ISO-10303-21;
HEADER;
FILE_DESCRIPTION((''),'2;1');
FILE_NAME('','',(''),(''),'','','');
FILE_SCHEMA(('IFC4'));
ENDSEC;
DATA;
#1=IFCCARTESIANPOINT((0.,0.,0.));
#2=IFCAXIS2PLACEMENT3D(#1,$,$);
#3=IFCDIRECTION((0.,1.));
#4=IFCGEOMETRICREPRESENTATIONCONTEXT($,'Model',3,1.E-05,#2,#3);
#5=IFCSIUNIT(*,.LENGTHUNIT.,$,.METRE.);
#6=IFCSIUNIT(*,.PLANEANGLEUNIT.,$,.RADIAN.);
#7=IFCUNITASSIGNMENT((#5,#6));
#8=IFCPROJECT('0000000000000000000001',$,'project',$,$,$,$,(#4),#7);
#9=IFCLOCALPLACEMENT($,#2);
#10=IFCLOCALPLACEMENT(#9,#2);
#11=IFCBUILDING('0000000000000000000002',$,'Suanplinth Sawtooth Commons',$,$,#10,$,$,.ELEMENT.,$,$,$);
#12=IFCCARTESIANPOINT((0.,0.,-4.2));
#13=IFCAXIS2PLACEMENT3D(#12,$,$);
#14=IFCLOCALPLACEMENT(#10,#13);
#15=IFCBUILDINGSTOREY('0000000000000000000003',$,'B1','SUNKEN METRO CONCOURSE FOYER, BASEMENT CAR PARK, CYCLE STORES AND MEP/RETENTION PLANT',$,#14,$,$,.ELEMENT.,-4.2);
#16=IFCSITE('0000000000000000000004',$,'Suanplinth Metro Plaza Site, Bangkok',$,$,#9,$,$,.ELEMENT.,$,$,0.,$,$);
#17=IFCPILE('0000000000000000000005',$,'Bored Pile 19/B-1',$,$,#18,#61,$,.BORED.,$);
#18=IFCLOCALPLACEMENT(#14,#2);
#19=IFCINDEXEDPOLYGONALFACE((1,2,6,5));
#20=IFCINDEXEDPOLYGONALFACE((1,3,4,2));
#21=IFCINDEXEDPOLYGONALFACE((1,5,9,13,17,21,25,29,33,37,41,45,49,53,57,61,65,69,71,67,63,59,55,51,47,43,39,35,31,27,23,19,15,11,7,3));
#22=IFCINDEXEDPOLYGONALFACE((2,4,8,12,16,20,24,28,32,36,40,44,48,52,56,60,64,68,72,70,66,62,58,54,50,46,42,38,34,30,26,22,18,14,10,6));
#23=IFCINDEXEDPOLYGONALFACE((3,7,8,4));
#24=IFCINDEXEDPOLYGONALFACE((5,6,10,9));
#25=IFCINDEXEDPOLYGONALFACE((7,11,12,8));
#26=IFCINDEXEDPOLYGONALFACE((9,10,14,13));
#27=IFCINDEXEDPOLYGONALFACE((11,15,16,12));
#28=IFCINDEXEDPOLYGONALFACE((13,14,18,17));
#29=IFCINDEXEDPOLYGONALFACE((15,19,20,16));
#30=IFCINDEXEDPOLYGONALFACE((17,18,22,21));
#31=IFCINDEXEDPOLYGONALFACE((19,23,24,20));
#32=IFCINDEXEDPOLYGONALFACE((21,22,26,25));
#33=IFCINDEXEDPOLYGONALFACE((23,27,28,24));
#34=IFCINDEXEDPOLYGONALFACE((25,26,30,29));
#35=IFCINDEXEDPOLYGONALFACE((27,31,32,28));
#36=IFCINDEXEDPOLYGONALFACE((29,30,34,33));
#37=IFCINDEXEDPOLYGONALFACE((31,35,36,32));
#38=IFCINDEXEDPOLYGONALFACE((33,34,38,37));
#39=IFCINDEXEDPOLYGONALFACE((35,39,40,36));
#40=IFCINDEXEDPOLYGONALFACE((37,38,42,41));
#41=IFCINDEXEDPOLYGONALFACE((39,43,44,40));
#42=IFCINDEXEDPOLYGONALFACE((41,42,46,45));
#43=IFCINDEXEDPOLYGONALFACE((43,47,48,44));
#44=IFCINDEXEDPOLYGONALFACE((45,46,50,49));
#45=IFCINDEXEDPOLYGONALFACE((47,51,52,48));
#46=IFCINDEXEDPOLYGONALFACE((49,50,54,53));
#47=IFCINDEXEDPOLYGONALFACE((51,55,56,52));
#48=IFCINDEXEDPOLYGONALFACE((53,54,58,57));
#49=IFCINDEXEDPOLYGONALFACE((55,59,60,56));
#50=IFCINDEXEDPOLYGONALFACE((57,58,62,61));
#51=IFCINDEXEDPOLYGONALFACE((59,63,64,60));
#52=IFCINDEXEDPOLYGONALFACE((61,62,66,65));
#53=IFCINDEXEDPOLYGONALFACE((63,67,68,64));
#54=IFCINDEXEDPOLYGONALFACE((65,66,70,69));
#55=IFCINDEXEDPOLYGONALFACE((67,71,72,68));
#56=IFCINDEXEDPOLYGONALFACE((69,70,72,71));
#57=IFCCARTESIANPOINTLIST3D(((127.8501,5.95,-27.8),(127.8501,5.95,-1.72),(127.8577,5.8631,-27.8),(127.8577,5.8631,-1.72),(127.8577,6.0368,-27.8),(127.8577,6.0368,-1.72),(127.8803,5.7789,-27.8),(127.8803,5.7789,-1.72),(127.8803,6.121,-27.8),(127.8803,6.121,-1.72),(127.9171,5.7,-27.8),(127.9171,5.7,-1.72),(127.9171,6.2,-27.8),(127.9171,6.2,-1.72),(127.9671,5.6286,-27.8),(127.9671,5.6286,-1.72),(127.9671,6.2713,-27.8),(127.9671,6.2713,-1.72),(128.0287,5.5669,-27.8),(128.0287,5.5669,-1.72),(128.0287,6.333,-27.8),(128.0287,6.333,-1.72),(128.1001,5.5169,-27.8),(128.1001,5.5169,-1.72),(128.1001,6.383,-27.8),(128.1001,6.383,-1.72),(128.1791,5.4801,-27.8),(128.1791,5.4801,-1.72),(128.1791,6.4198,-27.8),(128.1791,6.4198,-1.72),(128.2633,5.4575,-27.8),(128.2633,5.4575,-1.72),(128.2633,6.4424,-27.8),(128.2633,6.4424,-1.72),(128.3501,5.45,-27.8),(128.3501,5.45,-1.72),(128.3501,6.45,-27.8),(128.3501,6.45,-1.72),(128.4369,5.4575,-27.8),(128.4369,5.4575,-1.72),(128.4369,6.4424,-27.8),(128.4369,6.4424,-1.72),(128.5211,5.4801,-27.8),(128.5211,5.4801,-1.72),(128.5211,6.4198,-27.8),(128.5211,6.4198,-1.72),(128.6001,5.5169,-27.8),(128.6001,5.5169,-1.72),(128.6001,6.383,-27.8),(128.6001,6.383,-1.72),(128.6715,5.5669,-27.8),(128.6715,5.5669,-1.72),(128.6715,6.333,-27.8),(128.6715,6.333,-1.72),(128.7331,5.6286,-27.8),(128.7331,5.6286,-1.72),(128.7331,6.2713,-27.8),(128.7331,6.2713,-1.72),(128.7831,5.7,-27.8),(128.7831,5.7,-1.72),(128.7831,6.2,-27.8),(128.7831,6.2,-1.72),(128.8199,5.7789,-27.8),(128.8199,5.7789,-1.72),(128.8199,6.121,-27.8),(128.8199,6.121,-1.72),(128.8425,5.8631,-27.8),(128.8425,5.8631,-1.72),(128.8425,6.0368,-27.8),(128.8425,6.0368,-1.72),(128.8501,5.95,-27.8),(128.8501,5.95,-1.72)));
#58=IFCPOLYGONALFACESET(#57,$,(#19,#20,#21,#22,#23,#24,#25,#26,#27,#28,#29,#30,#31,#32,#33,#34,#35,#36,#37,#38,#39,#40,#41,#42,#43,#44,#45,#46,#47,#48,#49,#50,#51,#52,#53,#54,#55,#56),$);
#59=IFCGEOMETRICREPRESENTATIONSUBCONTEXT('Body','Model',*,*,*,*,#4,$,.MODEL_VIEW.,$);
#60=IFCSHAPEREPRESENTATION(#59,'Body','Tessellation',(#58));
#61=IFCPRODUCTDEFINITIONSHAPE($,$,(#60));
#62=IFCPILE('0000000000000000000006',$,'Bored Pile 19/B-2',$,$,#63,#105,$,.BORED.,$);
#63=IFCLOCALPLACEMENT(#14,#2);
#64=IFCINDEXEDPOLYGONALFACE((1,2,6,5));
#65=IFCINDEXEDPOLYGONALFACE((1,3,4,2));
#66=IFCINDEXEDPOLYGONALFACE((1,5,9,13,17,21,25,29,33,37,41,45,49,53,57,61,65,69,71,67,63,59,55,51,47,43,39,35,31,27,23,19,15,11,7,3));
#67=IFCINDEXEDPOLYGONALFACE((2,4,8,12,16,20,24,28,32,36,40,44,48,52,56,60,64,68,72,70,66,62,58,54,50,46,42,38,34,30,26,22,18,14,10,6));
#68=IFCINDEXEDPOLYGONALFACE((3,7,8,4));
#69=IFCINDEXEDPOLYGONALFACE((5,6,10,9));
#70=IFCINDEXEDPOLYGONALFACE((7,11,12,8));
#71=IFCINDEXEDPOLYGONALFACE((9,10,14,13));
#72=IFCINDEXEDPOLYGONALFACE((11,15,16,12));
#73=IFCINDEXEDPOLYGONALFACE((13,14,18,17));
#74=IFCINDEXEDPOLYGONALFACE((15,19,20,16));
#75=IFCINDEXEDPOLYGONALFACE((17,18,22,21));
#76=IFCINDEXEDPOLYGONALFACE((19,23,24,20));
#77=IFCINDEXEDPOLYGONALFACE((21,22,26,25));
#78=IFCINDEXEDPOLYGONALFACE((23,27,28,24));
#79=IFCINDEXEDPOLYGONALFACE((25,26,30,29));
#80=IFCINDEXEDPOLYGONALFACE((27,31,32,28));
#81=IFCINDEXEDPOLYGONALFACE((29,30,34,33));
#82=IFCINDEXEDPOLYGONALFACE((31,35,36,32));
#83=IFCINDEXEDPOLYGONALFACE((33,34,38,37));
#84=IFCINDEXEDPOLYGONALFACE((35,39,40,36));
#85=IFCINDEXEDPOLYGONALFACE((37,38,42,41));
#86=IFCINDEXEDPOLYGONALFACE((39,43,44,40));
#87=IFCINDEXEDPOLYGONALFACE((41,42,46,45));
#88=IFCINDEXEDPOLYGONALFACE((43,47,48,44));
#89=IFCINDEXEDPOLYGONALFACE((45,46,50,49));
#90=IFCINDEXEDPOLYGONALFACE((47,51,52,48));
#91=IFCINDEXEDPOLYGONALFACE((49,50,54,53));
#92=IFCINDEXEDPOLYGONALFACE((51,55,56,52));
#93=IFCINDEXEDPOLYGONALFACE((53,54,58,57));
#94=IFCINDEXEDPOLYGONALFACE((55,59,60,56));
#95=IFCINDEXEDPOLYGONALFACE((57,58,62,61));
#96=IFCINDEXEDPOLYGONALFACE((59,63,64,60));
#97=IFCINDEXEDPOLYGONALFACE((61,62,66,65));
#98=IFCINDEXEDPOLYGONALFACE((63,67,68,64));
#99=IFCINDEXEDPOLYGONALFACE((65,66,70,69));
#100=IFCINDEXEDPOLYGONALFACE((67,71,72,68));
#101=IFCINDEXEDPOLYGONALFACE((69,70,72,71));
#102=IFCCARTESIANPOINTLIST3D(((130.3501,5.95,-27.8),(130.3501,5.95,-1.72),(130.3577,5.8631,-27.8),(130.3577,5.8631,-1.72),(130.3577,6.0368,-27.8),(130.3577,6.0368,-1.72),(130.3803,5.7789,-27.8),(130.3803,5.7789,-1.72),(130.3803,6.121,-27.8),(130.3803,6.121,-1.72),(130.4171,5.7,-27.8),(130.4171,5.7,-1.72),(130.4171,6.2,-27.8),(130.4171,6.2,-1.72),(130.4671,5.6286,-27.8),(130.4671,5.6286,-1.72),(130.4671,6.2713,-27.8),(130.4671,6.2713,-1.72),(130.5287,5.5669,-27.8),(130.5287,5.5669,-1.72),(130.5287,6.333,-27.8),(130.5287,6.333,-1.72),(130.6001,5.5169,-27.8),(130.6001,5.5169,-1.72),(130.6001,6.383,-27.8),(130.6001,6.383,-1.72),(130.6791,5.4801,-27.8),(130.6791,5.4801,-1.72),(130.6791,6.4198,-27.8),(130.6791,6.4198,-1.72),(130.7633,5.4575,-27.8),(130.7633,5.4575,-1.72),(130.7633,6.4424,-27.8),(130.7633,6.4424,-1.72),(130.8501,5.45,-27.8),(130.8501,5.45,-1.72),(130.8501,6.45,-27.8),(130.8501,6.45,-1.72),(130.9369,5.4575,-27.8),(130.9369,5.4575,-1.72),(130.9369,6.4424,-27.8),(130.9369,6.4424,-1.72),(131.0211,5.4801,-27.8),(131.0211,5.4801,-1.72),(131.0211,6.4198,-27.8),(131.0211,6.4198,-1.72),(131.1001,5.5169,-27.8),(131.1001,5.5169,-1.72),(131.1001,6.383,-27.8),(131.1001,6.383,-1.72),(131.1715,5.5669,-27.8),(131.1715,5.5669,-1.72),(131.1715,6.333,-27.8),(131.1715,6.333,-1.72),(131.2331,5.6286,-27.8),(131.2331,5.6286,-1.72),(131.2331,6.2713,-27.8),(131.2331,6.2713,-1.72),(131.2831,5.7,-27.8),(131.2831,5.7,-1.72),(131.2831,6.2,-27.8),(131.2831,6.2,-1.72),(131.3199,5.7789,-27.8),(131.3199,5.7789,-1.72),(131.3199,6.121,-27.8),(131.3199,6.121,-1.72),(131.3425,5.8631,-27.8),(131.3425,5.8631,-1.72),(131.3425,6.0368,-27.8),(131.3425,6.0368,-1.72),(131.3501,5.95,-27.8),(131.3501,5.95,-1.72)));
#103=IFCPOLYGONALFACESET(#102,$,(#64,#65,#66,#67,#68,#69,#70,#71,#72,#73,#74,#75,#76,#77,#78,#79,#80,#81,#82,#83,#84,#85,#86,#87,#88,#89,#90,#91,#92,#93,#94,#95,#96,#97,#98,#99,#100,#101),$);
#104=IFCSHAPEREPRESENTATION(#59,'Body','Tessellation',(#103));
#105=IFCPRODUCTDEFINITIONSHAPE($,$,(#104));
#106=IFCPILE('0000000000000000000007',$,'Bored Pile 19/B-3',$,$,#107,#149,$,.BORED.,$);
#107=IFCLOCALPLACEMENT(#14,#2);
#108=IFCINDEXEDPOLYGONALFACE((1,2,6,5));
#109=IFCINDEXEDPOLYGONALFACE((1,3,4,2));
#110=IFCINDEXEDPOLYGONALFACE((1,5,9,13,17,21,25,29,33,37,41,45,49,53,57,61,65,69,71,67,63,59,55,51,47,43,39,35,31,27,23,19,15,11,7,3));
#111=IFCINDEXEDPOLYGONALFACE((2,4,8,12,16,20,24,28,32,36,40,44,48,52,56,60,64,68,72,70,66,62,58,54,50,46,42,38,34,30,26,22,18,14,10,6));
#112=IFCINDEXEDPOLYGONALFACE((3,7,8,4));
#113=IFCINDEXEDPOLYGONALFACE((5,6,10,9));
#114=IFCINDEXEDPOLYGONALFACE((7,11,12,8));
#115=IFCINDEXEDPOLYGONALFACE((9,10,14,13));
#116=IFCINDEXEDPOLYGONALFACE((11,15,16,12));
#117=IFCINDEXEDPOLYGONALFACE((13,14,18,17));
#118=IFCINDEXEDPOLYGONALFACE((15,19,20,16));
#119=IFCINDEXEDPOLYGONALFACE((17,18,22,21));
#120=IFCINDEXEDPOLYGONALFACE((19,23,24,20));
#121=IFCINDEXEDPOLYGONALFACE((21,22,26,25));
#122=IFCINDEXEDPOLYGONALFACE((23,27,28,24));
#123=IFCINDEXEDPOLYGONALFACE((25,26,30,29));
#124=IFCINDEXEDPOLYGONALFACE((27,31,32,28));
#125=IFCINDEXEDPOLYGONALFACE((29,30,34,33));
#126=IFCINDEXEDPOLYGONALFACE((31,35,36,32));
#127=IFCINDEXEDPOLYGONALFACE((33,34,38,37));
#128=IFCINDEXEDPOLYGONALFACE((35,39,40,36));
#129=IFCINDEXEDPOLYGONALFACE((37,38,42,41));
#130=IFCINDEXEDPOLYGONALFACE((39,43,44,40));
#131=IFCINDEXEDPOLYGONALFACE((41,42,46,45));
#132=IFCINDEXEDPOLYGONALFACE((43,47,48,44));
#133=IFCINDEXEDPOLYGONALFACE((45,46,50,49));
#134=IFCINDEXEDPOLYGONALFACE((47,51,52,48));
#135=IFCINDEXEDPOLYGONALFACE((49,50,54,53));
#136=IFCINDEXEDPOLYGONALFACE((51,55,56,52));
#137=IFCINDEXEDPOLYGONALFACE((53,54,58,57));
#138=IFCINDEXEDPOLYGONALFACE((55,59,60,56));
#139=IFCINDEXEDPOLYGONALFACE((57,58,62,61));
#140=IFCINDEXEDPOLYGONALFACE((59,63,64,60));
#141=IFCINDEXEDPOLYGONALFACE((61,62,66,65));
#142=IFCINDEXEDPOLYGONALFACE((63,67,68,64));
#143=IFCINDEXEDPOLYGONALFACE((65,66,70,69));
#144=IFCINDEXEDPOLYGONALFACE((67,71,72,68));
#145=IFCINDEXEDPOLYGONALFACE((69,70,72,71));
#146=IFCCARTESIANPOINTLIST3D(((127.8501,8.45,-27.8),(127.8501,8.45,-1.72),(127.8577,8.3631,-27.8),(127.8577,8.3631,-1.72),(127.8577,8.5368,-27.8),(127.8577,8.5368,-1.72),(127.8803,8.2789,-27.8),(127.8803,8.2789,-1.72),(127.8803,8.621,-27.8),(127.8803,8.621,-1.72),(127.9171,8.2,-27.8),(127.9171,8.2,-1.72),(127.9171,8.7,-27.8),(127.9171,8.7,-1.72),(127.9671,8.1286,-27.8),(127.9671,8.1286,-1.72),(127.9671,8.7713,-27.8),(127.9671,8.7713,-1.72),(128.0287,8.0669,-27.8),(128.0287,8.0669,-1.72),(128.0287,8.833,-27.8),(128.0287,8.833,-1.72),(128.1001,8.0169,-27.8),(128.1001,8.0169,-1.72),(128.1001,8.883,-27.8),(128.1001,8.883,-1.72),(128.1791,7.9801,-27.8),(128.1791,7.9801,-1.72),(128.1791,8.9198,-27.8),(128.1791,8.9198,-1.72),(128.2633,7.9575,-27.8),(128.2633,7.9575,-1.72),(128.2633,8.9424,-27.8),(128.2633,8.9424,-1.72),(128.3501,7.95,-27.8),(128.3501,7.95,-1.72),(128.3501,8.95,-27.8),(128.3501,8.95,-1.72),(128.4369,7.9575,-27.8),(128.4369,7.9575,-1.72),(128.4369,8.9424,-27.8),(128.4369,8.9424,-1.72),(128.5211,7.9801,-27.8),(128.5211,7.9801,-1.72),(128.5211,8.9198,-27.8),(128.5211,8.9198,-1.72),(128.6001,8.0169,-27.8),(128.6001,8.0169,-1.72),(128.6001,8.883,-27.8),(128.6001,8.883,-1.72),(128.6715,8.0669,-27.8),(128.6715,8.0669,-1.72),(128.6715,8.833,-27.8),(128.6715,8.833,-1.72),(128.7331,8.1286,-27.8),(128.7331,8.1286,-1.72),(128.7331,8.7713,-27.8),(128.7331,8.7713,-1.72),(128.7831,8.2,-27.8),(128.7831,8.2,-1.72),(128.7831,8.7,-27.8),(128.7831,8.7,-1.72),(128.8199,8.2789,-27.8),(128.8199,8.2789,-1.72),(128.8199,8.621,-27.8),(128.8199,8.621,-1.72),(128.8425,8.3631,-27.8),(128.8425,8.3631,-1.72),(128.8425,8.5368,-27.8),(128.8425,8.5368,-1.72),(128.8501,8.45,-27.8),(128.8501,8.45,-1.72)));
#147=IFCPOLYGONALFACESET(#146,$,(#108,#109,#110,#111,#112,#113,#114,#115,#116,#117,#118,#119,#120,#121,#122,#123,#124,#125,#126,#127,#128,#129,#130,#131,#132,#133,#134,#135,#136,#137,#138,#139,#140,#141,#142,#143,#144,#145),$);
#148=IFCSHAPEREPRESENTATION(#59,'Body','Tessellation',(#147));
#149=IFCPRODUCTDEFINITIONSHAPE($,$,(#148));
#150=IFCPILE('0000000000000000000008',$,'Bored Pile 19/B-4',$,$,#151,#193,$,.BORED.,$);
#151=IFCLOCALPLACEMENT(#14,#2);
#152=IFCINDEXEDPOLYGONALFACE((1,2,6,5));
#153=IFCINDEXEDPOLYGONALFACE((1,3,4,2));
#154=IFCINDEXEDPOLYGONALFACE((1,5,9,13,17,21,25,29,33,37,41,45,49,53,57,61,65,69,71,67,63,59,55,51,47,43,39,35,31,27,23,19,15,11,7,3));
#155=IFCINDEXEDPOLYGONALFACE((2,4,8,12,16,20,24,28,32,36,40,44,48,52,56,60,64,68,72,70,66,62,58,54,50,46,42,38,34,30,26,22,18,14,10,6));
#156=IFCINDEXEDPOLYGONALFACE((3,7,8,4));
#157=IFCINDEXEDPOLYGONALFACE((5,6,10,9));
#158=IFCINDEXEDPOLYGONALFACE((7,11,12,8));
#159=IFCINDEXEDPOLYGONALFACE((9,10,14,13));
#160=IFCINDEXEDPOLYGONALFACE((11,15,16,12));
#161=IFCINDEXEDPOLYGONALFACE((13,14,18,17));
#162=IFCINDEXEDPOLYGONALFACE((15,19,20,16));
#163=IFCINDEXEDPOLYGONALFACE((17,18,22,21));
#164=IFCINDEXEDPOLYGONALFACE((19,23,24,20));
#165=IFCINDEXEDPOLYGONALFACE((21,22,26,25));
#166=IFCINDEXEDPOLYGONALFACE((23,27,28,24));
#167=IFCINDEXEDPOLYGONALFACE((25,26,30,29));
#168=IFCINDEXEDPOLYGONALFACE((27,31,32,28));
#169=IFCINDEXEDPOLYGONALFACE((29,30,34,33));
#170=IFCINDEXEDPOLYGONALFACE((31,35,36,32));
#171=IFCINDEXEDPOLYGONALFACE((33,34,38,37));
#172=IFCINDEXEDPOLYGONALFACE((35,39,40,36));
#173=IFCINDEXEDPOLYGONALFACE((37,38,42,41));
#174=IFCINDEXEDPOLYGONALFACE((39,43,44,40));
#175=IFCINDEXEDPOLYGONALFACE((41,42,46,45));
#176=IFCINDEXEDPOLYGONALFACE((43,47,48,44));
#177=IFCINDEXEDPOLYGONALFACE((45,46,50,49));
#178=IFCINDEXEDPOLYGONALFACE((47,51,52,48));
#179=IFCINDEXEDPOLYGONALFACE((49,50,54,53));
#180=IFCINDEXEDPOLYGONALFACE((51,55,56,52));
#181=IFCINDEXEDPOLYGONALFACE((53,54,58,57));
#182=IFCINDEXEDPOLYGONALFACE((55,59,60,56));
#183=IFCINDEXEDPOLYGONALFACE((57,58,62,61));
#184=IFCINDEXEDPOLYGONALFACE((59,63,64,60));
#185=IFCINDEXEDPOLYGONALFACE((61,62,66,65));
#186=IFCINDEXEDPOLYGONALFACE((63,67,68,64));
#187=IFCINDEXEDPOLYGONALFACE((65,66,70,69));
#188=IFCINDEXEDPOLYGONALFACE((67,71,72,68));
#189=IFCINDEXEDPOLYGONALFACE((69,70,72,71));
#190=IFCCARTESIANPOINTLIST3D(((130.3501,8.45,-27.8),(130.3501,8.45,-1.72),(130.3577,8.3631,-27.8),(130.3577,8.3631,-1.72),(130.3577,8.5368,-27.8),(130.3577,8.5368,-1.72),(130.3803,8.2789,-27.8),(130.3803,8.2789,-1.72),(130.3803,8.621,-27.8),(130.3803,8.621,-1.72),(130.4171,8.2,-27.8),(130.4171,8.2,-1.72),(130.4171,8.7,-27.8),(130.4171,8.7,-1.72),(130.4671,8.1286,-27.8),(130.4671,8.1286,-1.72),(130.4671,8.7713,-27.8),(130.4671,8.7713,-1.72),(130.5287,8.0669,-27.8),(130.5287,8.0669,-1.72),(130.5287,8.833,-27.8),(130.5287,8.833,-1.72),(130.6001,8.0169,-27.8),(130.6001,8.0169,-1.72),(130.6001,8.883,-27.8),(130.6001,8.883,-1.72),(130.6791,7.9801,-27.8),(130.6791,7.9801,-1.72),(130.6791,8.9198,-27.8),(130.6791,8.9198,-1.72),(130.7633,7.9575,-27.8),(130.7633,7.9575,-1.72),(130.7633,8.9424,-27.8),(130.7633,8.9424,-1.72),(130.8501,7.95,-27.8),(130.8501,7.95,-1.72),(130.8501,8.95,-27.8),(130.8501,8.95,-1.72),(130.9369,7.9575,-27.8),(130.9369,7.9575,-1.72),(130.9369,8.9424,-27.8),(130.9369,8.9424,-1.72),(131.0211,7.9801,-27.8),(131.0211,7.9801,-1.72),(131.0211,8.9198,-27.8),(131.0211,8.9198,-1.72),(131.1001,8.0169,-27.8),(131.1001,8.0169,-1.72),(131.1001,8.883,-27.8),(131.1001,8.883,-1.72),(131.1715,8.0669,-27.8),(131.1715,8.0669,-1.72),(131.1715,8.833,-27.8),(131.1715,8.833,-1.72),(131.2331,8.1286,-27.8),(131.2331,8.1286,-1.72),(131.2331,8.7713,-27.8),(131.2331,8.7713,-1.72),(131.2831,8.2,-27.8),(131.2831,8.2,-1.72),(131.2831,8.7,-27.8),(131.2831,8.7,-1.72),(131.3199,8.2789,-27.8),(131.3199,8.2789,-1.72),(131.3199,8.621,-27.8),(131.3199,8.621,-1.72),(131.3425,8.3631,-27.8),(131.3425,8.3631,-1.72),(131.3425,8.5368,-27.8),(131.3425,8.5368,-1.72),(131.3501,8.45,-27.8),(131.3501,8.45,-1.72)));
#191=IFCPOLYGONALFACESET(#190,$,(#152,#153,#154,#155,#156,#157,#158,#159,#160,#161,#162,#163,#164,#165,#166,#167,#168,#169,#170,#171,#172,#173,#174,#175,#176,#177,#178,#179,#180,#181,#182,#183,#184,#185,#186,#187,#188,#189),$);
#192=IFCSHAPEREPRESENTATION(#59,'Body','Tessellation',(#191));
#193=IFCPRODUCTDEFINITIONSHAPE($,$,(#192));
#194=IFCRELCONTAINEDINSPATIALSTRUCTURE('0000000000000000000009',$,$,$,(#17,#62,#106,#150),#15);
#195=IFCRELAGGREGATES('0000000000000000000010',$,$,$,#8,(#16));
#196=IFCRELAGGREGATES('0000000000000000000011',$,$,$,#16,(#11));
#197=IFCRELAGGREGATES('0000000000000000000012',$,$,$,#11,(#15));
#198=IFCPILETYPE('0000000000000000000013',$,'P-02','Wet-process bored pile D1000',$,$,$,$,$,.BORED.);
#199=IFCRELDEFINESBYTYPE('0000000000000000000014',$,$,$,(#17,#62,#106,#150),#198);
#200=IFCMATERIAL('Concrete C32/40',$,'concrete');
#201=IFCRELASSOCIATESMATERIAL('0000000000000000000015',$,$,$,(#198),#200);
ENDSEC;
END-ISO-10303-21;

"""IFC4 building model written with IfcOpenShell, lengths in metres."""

from ifc_helpers import new_model, si_unit, direction, frame, origin, origin_2d, place, context, subcontext, project, spatial, circle, extrude, material, material_profile, profile_set, type_object, element, save


model = new_model("IFC4")

# Units and contexts
model_context = context("Model", 3, precision=1e-05, world=origin(), true_north=direction((0.0, 1.0)))
body_context = subcontext(model_context, "Body", "Model", "MODEL_VIEW")
ifc_project = project(units=[si_unit("LENGTHUNIT", "METRE"), si_unit("PLANEANGLEUNIT", "RADIAN")], contexts=[model_context])

# Site, building, storey
site_placement = place(None, origin())
site = spatial("IfcSite", under=ifc_project, at=site_placement, Name="Suanplinth Metro Plaza Site, Bangkok", CompositionType="ELEMENT", RefElevation=0.0)
building_placement = place(site_placement, origin())
building = spatial("IfcBuilding", under=site, at=building_placement, Name="Suanplinth Sawtooth Commons", CompositionType="ELEMENT")
storey_placement = place(building_placement, frame((0.0, 0.0, -4.2)))
storey = spatial("IfcBuildingStorey", under=building, at=storey_placement, Name="B1", Description="SUNKEN METRO CONCOURSE FOYER, BASEMENT CAR PARK, CYCLE STORES AND MEP/RETENTION PLANT", CompositionType="ELEMENT", Elevation=-4.2)

# Piles
ifc_material_1 = material(Name="Concrete C32/40", Category="concrete")
ifc_material_profile_1 = material_profile(ifc_material_1, circle(Radius=0.5, at=origin_2d()), Name="PILE D1000")
ifc_profile_set_1 = profile_set([ifc_material_profile_1], Name="Concrete C32/40")
pile_type = type_object("IfcPileType", Name="P-02", Description="Wet-process bored pile D1000", PredefinedType="BORED", material=ifc_profile_set_1)
for number, where, z_axis, x_axis, name in (
    (1, (128.3501, 5.95, -1.72), (0.0, 0.0, -1.0), (1.0, 0.0, 0.0), "Bored Pile 19/B-1"),
    (2, (130.8501, 5.95, -1.72), (0.0, 0.0, -1.0), (1.0, 0.0, 0.0), "Bored Pile 19/B-2"),
    (3, (128.3501, 8.45, -1.72), (0.0, 0.0, -1.0), (1.0, 0.0, 0.0), "Bored Pile 19/B-3"),
    (4, (130.8501, 8.45, -1.72), (0.0, 0.0, -1.0), (1.0, 0.0, 0.0), "Bored Pile 19/B-4"),
):
    element("IfcPile", number, at=place(storey_placement, frame(where, z_axis=z_axis, x_axis=x_axis)), inside=storey, type_object=pile_type, Name=name, PredefinedType="BORED", context=body_context, shape_type="SweptSolid", body=[
        extrude(circle(Radius=0.5, at=origin_2d()), origin(), (0.0, 0.0, 1.0), 26.0801),
    ])

save(model, "model.ifc")
